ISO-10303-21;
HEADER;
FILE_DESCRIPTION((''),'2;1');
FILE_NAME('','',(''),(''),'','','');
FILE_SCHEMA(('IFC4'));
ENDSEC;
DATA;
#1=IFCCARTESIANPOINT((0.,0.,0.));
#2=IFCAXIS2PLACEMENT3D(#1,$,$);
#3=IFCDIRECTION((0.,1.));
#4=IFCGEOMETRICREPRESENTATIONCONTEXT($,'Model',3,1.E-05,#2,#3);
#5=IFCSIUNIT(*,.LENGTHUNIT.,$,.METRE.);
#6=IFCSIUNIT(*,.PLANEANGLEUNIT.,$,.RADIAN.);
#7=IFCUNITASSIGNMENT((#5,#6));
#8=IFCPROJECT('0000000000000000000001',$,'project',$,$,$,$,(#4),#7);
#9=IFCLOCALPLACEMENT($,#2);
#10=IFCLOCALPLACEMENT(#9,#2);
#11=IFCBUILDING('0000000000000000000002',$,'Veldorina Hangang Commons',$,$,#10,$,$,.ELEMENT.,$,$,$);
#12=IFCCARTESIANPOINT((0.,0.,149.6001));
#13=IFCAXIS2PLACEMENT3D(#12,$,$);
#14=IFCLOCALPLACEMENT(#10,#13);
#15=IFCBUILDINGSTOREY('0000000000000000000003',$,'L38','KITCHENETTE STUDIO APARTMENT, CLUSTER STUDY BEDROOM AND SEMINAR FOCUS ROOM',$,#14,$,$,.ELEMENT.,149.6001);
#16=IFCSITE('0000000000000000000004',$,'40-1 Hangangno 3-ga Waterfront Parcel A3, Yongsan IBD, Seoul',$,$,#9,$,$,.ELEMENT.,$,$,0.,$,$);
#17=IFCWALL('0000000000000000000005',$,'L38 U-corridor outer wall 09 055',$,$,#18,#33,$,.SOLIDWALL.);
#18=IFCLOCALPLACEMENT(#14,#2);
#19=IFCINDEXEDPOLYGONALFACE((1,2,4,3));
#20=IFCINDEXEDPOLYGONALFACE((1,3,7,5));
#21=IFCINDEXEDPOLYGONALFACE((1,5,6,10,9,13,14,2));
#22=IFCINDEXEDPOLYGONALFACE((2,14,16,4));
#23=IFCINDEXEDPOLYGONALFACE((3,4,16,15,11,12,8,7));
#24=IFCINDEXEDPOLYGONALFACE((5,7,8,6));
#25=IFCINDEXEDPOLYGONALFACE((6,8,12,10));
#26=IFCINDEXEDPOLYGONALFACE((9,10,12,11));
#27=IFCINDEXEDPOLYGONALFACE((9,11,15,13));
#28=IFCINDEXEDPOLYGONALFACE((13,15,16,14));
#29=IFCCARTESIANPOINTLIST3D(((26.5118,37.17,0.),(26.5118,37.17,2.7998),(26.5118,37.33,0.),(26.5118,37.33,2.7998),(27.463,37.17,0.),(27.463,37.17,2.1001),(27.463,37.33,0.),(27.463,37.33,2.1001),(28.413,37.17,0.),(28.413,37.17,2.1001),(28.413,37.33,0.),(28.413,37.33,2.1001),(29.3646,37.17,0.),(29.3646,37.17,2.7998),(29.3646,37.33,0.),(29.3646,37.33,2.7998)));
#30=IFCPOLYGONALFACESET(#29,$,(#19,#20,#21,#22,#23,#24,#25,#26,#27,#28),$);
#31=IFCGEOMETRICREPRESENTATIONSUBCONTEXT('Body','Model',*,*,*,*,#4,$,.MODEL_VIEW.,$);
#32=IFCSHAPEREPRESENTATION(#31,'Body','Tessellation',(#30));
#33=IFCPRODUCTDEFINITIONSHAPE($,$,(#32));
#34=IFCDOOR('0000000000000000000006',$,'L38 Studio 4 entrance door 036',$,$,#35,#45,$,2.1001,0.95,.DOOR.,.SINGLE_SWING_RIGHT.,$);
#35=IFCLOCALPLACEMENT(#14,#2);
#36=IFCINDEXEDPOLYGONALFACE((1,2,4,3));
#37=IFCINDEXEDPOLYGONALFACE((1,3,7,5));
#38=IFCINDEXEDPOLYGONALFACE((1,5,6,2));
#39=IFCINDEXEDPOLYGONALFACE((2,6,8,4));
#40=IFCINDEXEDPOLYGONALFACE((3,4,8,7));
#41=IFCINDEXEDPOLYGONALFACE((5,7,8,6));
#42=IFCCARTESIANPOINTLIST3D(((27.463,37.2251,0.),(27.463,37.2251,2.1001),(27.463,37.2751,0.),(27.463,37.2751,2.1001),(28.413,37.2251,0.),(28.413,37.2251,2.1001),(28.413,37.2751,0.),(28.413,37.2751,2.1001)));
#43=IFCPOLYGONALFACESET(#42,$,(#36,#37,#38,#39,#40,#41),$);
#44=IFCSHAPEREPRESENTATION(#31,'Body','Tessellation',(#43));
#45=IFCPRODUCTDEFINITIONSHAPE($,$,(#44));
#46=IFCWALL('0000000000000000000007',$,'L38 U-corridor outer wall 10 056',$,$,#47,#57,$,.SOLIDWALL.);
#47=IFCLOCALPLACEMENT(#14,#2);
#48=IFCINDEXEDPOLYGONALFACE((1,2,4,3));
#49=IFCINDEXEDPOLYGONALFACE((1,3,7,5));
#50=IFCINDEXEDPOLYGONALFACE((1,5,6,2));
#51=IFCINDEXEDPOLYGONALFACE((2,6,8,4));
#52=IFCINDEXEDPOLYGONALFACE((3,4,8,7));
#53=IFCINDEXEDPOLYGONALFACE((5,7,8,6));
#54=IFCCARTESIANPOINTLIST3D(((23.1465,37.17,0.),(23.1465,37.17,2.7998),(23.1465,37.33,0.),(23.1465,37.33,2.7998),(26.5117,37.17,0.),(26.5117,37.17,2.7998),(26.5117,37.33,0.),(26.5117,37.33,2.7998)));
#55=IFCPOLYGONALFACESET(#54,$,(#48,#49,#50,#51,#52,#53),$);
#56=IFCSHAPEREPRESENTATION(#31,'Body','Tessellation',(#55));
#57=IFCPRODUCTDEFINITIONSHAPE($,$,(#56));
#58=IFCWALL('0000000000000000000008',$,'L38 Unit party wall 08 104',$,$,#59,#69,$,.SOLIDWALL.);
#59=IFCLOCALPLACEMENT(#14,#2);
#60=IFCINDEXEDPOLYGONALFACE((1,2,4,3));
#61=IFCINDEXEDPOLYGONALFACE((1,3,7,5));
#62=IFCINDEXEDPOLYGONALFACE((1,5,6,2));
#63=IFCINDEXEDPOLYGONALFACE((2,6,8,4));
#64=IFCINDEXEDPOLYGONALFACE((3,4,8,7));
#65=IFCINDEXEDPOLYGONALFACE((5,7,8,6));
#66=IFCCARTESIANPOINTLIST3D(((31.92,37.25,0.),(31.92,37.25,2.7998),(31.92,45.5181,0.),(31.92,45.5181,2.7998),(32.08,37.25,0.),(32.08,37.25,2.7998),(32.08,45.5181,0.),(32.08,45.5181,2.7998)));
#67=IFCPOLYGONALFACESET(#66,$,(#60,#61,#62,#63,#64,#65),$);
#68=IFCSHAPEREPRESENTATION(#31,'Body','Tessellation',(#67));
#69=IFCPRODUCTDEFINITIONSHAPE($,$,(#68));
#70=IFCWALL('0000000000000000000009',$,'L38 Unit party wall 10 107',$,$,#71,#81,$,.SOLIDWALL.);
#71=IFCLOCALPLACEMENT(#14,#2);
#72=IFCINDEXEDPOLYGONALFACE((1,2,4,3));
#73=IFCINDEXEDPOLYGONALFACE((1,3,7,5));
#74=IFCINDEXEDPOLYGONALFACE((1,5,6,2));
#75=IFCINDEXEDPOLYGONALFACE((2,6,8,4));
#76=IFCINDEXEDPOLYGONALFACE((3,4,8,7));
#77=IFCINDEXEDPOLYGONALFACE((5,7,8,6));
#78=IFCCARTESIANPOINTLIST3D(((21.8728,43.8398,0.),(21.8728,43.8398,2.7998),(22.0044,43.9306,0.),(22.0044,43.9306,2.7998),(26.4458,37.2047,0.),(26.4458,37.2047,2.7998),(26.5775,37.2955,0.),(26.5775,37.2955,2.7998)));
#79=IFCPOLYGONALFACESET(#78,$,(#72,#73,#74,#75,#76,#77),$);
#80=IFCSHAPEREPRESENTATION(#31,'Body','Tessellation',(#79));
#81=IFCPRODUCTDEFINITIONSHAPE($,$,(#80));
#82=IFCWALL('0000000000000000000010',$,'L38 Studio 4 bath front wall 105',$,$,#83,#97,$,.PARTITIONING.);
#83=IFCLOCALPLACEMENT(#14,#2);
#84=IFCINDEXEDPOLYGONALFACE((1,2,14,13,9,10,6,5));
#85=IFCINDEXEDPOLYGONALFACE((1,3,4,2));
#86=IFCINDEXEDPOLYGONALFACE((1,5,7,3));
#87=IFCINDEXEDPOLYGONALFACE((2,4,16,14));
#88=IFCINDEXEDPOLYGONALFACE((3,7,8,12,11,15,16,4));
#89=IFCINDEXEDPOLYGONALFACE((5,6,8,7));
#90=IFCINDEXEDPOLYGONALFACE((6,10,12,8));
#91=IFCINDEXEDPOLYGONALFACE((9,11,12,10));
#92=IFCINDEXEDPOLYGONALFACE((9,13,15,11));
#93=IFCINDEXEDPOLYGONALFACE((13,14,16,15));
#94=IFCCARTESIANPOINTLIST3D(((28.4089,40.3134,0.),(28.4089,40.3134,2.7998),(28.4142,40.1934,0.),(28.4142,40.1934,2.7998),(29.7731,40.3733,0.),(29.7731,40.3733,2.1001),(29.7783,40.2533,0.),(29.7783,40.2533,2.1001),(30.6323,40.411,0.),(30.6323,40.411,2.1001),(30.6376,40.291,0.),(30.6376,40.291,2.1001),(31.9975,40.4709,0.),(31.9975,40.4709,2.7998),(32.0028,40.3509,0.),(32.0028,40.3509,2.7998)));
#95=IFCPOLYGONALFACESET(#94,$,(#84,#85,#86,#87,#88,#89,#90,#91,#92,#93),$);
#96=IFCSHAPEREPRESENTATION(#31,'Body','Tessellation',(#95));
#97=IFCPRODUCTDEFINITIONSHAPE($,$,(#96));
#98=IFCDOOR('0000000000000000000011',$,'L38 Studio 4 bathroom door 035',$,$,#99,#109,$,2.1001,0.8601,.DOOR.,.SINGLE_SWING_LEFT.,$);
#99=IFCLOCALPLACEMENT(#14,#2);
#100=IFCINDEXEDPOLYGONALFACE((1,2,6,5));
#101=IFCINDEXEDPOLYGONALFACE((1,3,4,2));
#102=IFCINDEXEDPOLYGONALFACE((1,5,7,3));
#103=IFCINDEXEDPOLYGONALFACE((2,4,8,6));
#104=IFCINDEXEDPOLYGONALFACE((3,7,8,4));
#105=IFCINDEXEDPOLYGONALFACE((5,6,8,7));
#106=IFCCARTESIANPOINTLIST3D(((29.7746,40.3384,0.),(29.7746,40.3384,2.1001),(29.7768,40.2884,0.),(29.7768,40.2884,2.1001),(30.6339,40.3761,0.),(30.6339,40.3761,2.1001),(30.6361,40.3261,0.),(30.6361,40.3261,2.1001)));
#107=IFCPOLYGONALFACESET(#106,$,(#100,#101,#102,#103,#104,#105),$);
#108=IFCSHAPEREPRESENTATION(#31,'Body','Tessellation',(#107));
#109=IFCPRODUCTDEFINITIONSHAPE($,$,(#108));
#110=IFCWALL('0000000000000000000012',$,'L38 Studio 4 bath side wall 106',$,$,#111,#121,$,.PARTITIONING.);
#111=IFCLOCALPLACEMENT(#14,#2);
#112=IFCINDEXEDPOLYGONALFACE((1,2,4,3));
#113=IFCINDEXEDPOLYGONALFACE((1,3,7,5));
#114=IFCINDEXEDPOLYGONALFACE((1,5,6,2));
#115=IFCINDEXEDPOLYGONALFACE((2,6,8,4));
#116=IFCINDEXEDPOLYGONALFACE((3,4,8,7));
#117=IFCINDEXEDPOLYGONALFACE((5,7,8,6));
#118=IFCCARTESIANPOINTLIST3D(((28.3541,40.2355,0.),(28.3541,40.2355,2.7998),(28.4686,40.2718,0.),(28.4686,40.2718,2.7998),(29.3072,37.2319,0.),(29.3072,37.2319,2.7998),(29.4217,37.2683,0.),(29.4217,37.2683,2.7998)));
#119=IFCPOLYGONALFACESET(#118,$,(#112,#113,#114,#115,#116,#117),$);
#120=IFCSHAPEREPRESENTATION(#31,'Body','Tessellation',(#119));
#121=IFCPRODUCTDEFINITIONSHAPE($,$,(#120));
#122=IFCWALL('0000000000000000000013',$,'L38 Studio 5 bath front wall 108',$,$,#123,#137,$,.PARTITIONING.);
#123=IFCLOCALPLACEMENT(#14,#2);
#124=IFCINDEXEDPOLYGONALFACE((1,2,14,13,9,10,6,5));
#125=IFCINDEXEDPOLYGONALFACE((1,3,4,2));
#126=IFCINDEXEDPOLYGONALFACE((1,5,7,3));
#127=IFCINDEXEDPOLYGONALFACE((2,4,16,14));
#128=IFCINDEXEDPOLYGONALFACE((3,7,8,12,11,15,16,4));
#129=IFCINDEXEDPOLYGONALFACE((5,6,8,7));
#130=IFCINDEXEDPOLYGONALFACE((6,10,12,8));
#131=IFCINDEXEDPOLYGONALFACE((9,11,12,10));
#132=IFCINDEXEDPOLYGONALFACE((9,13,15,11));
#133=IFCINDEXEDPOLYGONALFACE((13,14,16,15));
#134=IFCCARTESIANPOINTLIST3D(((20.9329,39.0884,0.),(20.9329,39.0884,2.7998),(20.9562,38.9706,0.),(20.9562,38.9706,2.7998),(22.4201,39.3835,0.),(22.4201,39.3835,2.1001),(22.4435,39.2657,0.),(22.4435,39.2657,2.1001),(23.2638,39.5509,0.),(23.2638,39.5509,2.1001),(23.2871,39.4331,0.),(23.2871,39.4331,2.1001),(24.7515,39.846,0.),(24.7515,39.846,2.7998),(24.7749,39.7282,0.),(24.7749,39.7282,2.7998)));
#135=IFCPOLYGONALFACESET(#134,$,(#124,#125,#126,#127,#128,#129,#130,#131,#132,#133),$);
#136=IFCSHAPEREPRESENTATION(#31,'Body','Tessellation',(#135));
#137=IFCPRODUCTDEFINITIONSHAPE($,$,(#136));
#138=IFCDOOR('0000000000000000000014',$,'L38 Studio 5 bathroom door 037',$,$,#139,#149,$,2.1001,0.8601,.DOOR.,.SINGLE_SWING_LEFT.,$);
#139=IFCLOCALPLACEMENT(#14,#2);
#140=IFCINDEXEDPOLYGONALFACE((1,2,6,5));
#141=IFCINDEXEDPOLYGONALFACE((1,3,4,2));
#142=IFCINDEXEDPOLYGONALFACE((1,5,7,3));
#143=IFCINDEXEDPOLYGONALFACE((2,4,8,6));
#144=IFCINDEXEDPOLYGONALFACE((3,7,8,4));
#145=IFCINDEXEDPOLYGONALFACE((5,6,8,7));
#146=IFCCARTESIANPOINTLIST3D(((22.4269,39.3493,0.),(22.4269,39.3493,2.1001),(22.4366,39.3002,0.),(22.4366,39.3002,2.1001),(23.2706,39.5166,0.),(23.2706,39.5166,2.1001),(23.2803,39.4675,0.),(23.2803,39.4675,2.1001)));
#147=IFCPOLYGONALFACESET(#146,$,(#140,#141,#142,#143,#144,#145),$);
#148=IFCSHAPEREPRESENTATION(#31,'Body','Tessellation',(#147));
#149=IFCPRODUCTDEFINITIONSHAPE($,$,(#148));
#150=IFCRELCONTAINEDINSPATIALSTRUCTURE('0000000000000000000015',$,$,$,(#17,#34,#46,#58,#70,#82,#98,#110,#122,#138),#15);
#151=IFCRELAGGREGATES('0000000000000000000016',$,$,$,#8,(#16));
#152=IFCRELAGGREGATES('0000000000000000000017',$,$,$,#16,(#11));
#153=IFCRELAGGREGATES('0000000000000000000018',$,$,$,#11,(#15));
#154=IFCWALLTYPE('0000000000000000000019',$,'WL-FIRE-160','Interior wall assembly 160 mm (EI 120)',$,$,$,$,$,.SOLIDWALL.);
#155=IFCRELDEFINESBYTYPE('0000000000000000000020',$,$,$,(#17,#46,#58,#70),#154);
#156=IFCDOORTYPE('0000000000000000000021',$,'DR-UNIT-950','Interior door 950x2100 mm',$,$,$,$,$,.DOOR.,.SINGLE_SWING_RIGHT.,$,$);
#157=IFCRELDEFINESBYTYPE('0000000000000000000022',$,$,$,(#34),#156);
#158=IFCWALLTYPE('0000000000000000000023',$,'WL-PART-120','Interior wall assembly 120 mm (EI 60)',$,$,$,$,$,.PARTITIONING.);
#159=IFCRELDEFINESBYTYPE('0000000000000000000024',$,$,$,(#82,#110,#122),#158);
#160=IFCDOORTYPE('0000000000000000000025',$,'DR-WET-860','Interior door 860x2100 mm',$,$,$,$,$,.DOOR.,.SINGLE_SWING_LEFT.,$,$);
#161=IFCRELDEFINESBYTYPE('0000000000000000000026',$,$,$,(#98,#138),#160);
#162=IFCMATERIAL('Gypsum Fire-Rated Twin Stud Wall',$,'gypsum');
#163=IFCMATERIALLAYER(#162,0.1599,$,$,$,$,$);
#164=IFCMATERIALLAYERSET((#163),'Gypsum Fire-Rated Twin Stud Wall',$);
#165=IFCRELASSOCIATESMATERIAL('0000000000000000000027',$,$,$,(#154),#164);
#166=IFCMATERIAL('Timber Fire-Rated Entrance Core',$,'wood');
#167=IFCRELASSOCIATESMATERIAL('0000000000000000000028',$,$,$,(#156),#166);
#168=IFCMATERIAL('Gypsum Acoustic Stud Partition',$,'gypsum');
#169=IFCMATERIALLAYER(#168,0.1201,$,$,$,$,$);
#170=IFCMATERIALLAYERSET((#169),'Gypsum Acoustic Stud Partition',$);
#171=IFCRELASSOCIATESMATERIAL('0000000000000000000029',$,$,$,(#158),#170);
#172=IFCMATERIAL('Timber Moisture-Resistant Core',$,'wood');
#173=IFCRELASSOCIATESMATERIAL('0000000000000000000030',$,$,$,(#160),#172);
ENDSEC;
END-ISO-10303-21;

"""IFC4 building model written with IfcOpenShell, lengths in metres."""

from ifc_helpers import new_model, si_unit, direction, frame, frame_2d, origin, place, context, subcontext, project, spatial, rectangle, extrude, material, layer, layer_set, type_object, element, fill, save


model = new_model("IFC4")

# Units and contexts
model_context = context("Model", 3, precision=1e-05, world=origin(), true_north=direction((0.0, 1.0)))
body_context = subcontext(model_context, "Body", "Model", "MODEL_VIEW")
ifc_project = project(units=[si_unit("LENGTHUNIT", "METRE"), si_unit("PLANEANGLEUNIT", "RADIAN")], contexts=[model_context])

# Site, building, storey
site_placement = place(None, origin())
site = spatial("IfcSite", under=ifc_project, at=site_placement, Name="40-1 Hangangno 3-ga Waterfront Parcel A3, Yongsan IBD, Seoul", CompositionType="ELEMENT", RefElevation=0.0)
building_placement = place(site_placement, origin())
building = spatial("IfcBuilding", under=site, at=building_placement, Name="Veldorina Hangang Commons", CompositionType="ELEMENT")
storey_placement = place(building_placement, frame((0.0, 0.0, 149.6001)))
storey = spatial("IfcBuildingStorey", under=building, at=storey_placement, Name="L38", Description="KITCHENETTE STUDIO APARTMENT, CLUSTER STUDY BEDROOM AND SEMINAR FOCUS ROOM", CompositionType="ELEMENT", Elevation=149.6001)

# Shared definitions
ifc_material_1 = material(Name="Gypsum Fire-Rated Twin Stud Wall", Category="gypsum")
ifc_layer_1 = layer(ifc_material_1, 0.1599)
ifc_layer_set_1 = layer_set([ifc_layer_1], Name="Gypsum Fire-Rated Twin Stud Wall")
wall_type_1 = type_object("IfcWallType", Name="WL-FIRE-160", Description="Interior wall assembly 160 mm (EI 120)", PredefinedType="SOLIDWALL", material=ifc_layer_set_1)

# Wall, opening, door
wall_1_placement = place(storey_placement, frame((29.3645, 37.25, 0.0), z_axis=(0.0, 0.0, 1.0), x_axis=(-1.0, 0.0, 0.0)))
wall_1 = element("IfcWall", 1, at=wall_1_placement, inside=storey, type_object=wall_type_1, Name="L38 U-corridor outer wall 09 055", PredefinedType="SOLIDWALL", context=body_context, shape_type="SweptSolid", body=[
    extrude(rectangle(XDim=2.8528, YDim=0.1599, at=frame_2d((1.4263, 0.0))), origin(), (0.0, 0.0, 1.0), 2.7998),
])
opening_1_placement = place(wall_1_placement, frame((0.9514, 0.0, 0.0)))
opening_1 = element("IfcOpeningElement", 2, at=opening_1_placement, cuts=wall_1, PredefinedType="OPENING", context=body_context, shape_type="SweptSolid", body=[
    extrude(rectangle(XDim=0.95, YDim=2.1001, at=frame_2d((0.4751, 1.05))), frame((0.0, 0.0898, 0.0), z_axis=(0.0, -1.0, 0.0), x_axis=(1.0, 0.0, 0.0)), (0.0, 0.0, 1.0), 0.1799),
])
ifc_material_2 = material(Name="Timber Fire-Rated Entrance Core", Category="wood")
door_type_1 = type_object("IfcDoorType", Name="DR-UNIT-950", Description="Interior door 950x2100 mm", OperationType="SINGLE_SWING_RIGHT", PredefinedType="DOOR", material=ifc_material_2)
door_1_placement = place(opening_1_placement, origin())
door_1 = element("IfcDoor", 3, at=door_1_placement, inside=storey, type_object=door_type_1, Name="L38 Studio 4 entrance door 036", OperationType="SINGLE_SWING_RIGHT", OverallHeight=2.1001, OverallWidth=0.95, PredefinedType="DOOR", context=body_context, shape_type="SweptSolid", body=[
    extrude(rectangle(XDim=0.95, YDim=2.1001, at=frame_2d((0.4751, 1.05))), frame((0.0, 0.0249, 0.0), z_axis=(0.0, -1.0, 0.0), x_axis=(1.0, 0.0, 0.0)), (0.0, 0.0, 1.0), 0.05),
])
fill(opening_1, door_1)

# Walls
wall_2_placement = place(storey_placement, frame((26.5117, 37.25, 0.0), z_axis=(0.0, 0.0, 1.0), x_axis=(-1.0, 0.0, 0.0)))
element("IfcWall", 4, at=wall_2_placement, inside=storey, type_object=wall_type_1, Name="L38 U-corridor outer wall 10 056", PredefinedType="SOLIDWALL", context=body_context, shape_type="SweptSolid", body=[
    extrude(rectangle(XDim=3.3652, YDim=0.1599, at=frame_2d((1.6826, 0.0))), origin(), (0.0, 0.0, 1.0), 2.7998),
])
wall_3_placement = place(storey_placement, frame((32.0, 37.25, 0.0), z_axis=(0.0, 0.0, 1.0), x_axis=(0.0, 1.0, 0.0)))
element("IfcWall", 5, at=wall_3_placement, inside=storey, type_object=wall_type_1, Name="L38 Unit party wall 08 104", PredefinedType="SOLIDWALL", context=body_context, shape_type="SweptSolid", body=[
    extrude(rectangle(XDim=8.2681, YDim=0.1599, at=frame_2d((4.134, 0.0))), origin(), (0.0, 0.0, 1.0), 2.7998),
])
wall_4_placement = place(storey_placement, frame((26.5117, 37.25, 0.0), z_axis=(0.0, 0.0, 1.0), x_axis=(-0.567492, 0.823379, 0.0)))
element("IfcWall", 6, at=wall_4_placement, inside=storey, type_object=wall_type_1, Name="L38 Unit party wall 10 107", PredefinedType="SOLIDWALL", context=body_context, shape_type="SweptSolid", body=[
    extrude(rectangle(XDim=8.0583, YDim=0.1599, at=frame_2d((4.0293, 0.0))), origin(), (0.0, 0.0, 1.0), 2.7998),
])

# Wall, opening, door
ifc_material_3 = material(Name="Gypsum Acoustic Stud Partition", Category="gypsum")
ifc_layer_2 = layer(ifc_material_3, 0.1201)
ifc_layer_set_2 = layer_set([ifc_layer_2], Name="Gypsum Acoustic Stud Partition")
wall_type_2 = type_object("IfcWallType", Name="WL-PART-120", Description="Interior wall assembly 120 mm (EI 60)", PredefinedType="PARTITIONING", material=ifc_layer_set_2)
wall_5_placement = place(storey_placement, frame((32.0, 40.4109, 0.0), z_axis=(0.0, 0.0, 1.0), x_axis=(-0.999039, -0.043838, 0.0)))
wall_5 = element("IfcWall", 7, at=wall_5_placement, inside=storey, type_object=wall_type_2, Name="L38 Studio 4 bath front wall 105", PredefinedType="PARTITIONING", context=body_context, shape_type="SweptSolid", body=[
    extrude(rectangle(XDim=3.592, YDim=0.1201, at=frame_2d((1.7959, 0.0))), origin(), (0.0, 0.0, 1.0), 2.7998),
])
opening_2_placement = place(wall_5_placement, frame((1.3662, 0.0, 0.0)))
opening_2 = element("IfcOpeningElement", 8, at=opening_2_placement, cuts=wall_5, PredefinedType="OPENING", context=body_context, shape_type="SweptSolid", body=[
    extrude(rectangle(XDim=0.8601, YDim=2.1001, at=frame_2d((0.4302, 1.05))), frame((0.0, 0.0701, 0.0), z_axis=(0.0, -1.0, 0.0), x_axis=(1.0, 0.0, 0.0)), (0.0, 0.0, 1.0), 0.1401),
])
ifc_material_4 = material(Name="Timber Moisture-Resistant Core", Category="wood")
door_type_2 = type_object("IfcDoorType", Name="DR-WET-860", Description="Interior door 860x2100 mm", OperationType="SINGLE_SWING_LEFT", PredefinedType="DOOR", material=ifc_material_4)
door_2_placement = place(opening_2_placement, origin())
door_2 = element("IfcDoor", 9, at=door_2_placement, inside=storey, type_object=door_type_2, Name="L38 Studio 4 bathroom door 035", OperationType="SINGLE_SWING_LEFT", OverallHeight=2.1001, OverallWidth=0.8601, PredefinedType="DOOR", context=body_context, shape_type="SweptSolid", body=[
    extrude(rectangle(XDim=0.8601, YDim=2.1001, at=frame_2d((0.4302, 1.05))), frame((0.0, 0.0249, 0.0), z_axis=(0.0, -1.0, 0.0), x_axis=(1.0, 0.0, 0.0)), (0.0, 0.0, 1.0), 0.05),
])
fill(opening_2, door_2)

# Wall
wall_6_placement = place(storey_placement, frame((29.3645, 37.25, 0.0), z_axis=(0.0, 0.0, 1.0), x_axis=(-0.302481, 0.953155, 0.0)))
element("IfcWall", 10, at=wall_6_placement, inside=storey, type_object=wall_type_2, Name="L38 Studio 4 bath side wall 106", PredefinedType="PARTITIONING", context=body_context, shape_type="SweptSolid", body=[
    extrude(rectangle(XDim=3.1511, YDim=0.1201, at=frame_2d((1.5757, 0.0))), origin(), (0.0, 0.0, 1.0), 2.7998),
])

# Wall, opening, door
wall_7_placement = place(storey_placement, frame((24.7632, 39.7871, 0.0), z_axis=(0.0, 0.0, 1.0), x_axis=(-0.980883, -0.194596, 0.0)))
wall_7 = element("IfcWall", 11, at=wall_7_placement, inside=storey, type_object=wall_type_2, Name="L38 Studio 5 bath front wall 108", PredefinedType="PARTITIONING", context=body_context, shape_type="SweptSolid", body=[
    extrude(rectangle(XDim=3.8931, YDim=0.1201, at=frame_2d((1.9465, 0.0))), origin(), (0.0, 0.0, 1.0), 2.7998),
])
opening_3_placement = place(wall_7_placement, frame((1.5166, 0.0, 0.0)))
opening_3 = element("IfcOpeningElement", 12, at=opening_3_placement, cuts=wall_7, PredefinedType="OPENING", context=body_context, shape_type="SweptSolid", body=[
    extrude(rectangle(XDim=0.8601, YDim=2.1001, at=frame_2d((0.4302, 1.05))), frame((0.0, 0.0701, 0.0), z_axis=(0.0, -1.0, 0.0), x_axis=(1.0, 0.0, 0.0)), (0.0, 0.0, 1.0), 0.1401),
])
door_3_placement = place(opening_3_placement, origin())
door_3 = element("IfcDoor", 13, at=door_3_placement, inside=storey, type_object=door_type_2, Name="L38 Studio 5 bathroom door 037", OperationType="SINGLE_SWING_LEFT", OverallHeight=2.1001, OverallWidth=0.8601, PredefinedType="DOOR", context=body_context, shape_type="SweptSolid", body=[
    extrude(rectangle(XDim=0.8601, YDim=2.1001, at=frame_2d((0.4302, 1.05))), frame((0.0, 0.0249, 0.0), z_axis=(0.0, -1.0, 0.0), x_axis=(1.0, 0.0, 0.0)), (0.0, 0.0, 1.0), 0.05),
])
fill(opening_3, door_3)

save(model, "model.ifc")
